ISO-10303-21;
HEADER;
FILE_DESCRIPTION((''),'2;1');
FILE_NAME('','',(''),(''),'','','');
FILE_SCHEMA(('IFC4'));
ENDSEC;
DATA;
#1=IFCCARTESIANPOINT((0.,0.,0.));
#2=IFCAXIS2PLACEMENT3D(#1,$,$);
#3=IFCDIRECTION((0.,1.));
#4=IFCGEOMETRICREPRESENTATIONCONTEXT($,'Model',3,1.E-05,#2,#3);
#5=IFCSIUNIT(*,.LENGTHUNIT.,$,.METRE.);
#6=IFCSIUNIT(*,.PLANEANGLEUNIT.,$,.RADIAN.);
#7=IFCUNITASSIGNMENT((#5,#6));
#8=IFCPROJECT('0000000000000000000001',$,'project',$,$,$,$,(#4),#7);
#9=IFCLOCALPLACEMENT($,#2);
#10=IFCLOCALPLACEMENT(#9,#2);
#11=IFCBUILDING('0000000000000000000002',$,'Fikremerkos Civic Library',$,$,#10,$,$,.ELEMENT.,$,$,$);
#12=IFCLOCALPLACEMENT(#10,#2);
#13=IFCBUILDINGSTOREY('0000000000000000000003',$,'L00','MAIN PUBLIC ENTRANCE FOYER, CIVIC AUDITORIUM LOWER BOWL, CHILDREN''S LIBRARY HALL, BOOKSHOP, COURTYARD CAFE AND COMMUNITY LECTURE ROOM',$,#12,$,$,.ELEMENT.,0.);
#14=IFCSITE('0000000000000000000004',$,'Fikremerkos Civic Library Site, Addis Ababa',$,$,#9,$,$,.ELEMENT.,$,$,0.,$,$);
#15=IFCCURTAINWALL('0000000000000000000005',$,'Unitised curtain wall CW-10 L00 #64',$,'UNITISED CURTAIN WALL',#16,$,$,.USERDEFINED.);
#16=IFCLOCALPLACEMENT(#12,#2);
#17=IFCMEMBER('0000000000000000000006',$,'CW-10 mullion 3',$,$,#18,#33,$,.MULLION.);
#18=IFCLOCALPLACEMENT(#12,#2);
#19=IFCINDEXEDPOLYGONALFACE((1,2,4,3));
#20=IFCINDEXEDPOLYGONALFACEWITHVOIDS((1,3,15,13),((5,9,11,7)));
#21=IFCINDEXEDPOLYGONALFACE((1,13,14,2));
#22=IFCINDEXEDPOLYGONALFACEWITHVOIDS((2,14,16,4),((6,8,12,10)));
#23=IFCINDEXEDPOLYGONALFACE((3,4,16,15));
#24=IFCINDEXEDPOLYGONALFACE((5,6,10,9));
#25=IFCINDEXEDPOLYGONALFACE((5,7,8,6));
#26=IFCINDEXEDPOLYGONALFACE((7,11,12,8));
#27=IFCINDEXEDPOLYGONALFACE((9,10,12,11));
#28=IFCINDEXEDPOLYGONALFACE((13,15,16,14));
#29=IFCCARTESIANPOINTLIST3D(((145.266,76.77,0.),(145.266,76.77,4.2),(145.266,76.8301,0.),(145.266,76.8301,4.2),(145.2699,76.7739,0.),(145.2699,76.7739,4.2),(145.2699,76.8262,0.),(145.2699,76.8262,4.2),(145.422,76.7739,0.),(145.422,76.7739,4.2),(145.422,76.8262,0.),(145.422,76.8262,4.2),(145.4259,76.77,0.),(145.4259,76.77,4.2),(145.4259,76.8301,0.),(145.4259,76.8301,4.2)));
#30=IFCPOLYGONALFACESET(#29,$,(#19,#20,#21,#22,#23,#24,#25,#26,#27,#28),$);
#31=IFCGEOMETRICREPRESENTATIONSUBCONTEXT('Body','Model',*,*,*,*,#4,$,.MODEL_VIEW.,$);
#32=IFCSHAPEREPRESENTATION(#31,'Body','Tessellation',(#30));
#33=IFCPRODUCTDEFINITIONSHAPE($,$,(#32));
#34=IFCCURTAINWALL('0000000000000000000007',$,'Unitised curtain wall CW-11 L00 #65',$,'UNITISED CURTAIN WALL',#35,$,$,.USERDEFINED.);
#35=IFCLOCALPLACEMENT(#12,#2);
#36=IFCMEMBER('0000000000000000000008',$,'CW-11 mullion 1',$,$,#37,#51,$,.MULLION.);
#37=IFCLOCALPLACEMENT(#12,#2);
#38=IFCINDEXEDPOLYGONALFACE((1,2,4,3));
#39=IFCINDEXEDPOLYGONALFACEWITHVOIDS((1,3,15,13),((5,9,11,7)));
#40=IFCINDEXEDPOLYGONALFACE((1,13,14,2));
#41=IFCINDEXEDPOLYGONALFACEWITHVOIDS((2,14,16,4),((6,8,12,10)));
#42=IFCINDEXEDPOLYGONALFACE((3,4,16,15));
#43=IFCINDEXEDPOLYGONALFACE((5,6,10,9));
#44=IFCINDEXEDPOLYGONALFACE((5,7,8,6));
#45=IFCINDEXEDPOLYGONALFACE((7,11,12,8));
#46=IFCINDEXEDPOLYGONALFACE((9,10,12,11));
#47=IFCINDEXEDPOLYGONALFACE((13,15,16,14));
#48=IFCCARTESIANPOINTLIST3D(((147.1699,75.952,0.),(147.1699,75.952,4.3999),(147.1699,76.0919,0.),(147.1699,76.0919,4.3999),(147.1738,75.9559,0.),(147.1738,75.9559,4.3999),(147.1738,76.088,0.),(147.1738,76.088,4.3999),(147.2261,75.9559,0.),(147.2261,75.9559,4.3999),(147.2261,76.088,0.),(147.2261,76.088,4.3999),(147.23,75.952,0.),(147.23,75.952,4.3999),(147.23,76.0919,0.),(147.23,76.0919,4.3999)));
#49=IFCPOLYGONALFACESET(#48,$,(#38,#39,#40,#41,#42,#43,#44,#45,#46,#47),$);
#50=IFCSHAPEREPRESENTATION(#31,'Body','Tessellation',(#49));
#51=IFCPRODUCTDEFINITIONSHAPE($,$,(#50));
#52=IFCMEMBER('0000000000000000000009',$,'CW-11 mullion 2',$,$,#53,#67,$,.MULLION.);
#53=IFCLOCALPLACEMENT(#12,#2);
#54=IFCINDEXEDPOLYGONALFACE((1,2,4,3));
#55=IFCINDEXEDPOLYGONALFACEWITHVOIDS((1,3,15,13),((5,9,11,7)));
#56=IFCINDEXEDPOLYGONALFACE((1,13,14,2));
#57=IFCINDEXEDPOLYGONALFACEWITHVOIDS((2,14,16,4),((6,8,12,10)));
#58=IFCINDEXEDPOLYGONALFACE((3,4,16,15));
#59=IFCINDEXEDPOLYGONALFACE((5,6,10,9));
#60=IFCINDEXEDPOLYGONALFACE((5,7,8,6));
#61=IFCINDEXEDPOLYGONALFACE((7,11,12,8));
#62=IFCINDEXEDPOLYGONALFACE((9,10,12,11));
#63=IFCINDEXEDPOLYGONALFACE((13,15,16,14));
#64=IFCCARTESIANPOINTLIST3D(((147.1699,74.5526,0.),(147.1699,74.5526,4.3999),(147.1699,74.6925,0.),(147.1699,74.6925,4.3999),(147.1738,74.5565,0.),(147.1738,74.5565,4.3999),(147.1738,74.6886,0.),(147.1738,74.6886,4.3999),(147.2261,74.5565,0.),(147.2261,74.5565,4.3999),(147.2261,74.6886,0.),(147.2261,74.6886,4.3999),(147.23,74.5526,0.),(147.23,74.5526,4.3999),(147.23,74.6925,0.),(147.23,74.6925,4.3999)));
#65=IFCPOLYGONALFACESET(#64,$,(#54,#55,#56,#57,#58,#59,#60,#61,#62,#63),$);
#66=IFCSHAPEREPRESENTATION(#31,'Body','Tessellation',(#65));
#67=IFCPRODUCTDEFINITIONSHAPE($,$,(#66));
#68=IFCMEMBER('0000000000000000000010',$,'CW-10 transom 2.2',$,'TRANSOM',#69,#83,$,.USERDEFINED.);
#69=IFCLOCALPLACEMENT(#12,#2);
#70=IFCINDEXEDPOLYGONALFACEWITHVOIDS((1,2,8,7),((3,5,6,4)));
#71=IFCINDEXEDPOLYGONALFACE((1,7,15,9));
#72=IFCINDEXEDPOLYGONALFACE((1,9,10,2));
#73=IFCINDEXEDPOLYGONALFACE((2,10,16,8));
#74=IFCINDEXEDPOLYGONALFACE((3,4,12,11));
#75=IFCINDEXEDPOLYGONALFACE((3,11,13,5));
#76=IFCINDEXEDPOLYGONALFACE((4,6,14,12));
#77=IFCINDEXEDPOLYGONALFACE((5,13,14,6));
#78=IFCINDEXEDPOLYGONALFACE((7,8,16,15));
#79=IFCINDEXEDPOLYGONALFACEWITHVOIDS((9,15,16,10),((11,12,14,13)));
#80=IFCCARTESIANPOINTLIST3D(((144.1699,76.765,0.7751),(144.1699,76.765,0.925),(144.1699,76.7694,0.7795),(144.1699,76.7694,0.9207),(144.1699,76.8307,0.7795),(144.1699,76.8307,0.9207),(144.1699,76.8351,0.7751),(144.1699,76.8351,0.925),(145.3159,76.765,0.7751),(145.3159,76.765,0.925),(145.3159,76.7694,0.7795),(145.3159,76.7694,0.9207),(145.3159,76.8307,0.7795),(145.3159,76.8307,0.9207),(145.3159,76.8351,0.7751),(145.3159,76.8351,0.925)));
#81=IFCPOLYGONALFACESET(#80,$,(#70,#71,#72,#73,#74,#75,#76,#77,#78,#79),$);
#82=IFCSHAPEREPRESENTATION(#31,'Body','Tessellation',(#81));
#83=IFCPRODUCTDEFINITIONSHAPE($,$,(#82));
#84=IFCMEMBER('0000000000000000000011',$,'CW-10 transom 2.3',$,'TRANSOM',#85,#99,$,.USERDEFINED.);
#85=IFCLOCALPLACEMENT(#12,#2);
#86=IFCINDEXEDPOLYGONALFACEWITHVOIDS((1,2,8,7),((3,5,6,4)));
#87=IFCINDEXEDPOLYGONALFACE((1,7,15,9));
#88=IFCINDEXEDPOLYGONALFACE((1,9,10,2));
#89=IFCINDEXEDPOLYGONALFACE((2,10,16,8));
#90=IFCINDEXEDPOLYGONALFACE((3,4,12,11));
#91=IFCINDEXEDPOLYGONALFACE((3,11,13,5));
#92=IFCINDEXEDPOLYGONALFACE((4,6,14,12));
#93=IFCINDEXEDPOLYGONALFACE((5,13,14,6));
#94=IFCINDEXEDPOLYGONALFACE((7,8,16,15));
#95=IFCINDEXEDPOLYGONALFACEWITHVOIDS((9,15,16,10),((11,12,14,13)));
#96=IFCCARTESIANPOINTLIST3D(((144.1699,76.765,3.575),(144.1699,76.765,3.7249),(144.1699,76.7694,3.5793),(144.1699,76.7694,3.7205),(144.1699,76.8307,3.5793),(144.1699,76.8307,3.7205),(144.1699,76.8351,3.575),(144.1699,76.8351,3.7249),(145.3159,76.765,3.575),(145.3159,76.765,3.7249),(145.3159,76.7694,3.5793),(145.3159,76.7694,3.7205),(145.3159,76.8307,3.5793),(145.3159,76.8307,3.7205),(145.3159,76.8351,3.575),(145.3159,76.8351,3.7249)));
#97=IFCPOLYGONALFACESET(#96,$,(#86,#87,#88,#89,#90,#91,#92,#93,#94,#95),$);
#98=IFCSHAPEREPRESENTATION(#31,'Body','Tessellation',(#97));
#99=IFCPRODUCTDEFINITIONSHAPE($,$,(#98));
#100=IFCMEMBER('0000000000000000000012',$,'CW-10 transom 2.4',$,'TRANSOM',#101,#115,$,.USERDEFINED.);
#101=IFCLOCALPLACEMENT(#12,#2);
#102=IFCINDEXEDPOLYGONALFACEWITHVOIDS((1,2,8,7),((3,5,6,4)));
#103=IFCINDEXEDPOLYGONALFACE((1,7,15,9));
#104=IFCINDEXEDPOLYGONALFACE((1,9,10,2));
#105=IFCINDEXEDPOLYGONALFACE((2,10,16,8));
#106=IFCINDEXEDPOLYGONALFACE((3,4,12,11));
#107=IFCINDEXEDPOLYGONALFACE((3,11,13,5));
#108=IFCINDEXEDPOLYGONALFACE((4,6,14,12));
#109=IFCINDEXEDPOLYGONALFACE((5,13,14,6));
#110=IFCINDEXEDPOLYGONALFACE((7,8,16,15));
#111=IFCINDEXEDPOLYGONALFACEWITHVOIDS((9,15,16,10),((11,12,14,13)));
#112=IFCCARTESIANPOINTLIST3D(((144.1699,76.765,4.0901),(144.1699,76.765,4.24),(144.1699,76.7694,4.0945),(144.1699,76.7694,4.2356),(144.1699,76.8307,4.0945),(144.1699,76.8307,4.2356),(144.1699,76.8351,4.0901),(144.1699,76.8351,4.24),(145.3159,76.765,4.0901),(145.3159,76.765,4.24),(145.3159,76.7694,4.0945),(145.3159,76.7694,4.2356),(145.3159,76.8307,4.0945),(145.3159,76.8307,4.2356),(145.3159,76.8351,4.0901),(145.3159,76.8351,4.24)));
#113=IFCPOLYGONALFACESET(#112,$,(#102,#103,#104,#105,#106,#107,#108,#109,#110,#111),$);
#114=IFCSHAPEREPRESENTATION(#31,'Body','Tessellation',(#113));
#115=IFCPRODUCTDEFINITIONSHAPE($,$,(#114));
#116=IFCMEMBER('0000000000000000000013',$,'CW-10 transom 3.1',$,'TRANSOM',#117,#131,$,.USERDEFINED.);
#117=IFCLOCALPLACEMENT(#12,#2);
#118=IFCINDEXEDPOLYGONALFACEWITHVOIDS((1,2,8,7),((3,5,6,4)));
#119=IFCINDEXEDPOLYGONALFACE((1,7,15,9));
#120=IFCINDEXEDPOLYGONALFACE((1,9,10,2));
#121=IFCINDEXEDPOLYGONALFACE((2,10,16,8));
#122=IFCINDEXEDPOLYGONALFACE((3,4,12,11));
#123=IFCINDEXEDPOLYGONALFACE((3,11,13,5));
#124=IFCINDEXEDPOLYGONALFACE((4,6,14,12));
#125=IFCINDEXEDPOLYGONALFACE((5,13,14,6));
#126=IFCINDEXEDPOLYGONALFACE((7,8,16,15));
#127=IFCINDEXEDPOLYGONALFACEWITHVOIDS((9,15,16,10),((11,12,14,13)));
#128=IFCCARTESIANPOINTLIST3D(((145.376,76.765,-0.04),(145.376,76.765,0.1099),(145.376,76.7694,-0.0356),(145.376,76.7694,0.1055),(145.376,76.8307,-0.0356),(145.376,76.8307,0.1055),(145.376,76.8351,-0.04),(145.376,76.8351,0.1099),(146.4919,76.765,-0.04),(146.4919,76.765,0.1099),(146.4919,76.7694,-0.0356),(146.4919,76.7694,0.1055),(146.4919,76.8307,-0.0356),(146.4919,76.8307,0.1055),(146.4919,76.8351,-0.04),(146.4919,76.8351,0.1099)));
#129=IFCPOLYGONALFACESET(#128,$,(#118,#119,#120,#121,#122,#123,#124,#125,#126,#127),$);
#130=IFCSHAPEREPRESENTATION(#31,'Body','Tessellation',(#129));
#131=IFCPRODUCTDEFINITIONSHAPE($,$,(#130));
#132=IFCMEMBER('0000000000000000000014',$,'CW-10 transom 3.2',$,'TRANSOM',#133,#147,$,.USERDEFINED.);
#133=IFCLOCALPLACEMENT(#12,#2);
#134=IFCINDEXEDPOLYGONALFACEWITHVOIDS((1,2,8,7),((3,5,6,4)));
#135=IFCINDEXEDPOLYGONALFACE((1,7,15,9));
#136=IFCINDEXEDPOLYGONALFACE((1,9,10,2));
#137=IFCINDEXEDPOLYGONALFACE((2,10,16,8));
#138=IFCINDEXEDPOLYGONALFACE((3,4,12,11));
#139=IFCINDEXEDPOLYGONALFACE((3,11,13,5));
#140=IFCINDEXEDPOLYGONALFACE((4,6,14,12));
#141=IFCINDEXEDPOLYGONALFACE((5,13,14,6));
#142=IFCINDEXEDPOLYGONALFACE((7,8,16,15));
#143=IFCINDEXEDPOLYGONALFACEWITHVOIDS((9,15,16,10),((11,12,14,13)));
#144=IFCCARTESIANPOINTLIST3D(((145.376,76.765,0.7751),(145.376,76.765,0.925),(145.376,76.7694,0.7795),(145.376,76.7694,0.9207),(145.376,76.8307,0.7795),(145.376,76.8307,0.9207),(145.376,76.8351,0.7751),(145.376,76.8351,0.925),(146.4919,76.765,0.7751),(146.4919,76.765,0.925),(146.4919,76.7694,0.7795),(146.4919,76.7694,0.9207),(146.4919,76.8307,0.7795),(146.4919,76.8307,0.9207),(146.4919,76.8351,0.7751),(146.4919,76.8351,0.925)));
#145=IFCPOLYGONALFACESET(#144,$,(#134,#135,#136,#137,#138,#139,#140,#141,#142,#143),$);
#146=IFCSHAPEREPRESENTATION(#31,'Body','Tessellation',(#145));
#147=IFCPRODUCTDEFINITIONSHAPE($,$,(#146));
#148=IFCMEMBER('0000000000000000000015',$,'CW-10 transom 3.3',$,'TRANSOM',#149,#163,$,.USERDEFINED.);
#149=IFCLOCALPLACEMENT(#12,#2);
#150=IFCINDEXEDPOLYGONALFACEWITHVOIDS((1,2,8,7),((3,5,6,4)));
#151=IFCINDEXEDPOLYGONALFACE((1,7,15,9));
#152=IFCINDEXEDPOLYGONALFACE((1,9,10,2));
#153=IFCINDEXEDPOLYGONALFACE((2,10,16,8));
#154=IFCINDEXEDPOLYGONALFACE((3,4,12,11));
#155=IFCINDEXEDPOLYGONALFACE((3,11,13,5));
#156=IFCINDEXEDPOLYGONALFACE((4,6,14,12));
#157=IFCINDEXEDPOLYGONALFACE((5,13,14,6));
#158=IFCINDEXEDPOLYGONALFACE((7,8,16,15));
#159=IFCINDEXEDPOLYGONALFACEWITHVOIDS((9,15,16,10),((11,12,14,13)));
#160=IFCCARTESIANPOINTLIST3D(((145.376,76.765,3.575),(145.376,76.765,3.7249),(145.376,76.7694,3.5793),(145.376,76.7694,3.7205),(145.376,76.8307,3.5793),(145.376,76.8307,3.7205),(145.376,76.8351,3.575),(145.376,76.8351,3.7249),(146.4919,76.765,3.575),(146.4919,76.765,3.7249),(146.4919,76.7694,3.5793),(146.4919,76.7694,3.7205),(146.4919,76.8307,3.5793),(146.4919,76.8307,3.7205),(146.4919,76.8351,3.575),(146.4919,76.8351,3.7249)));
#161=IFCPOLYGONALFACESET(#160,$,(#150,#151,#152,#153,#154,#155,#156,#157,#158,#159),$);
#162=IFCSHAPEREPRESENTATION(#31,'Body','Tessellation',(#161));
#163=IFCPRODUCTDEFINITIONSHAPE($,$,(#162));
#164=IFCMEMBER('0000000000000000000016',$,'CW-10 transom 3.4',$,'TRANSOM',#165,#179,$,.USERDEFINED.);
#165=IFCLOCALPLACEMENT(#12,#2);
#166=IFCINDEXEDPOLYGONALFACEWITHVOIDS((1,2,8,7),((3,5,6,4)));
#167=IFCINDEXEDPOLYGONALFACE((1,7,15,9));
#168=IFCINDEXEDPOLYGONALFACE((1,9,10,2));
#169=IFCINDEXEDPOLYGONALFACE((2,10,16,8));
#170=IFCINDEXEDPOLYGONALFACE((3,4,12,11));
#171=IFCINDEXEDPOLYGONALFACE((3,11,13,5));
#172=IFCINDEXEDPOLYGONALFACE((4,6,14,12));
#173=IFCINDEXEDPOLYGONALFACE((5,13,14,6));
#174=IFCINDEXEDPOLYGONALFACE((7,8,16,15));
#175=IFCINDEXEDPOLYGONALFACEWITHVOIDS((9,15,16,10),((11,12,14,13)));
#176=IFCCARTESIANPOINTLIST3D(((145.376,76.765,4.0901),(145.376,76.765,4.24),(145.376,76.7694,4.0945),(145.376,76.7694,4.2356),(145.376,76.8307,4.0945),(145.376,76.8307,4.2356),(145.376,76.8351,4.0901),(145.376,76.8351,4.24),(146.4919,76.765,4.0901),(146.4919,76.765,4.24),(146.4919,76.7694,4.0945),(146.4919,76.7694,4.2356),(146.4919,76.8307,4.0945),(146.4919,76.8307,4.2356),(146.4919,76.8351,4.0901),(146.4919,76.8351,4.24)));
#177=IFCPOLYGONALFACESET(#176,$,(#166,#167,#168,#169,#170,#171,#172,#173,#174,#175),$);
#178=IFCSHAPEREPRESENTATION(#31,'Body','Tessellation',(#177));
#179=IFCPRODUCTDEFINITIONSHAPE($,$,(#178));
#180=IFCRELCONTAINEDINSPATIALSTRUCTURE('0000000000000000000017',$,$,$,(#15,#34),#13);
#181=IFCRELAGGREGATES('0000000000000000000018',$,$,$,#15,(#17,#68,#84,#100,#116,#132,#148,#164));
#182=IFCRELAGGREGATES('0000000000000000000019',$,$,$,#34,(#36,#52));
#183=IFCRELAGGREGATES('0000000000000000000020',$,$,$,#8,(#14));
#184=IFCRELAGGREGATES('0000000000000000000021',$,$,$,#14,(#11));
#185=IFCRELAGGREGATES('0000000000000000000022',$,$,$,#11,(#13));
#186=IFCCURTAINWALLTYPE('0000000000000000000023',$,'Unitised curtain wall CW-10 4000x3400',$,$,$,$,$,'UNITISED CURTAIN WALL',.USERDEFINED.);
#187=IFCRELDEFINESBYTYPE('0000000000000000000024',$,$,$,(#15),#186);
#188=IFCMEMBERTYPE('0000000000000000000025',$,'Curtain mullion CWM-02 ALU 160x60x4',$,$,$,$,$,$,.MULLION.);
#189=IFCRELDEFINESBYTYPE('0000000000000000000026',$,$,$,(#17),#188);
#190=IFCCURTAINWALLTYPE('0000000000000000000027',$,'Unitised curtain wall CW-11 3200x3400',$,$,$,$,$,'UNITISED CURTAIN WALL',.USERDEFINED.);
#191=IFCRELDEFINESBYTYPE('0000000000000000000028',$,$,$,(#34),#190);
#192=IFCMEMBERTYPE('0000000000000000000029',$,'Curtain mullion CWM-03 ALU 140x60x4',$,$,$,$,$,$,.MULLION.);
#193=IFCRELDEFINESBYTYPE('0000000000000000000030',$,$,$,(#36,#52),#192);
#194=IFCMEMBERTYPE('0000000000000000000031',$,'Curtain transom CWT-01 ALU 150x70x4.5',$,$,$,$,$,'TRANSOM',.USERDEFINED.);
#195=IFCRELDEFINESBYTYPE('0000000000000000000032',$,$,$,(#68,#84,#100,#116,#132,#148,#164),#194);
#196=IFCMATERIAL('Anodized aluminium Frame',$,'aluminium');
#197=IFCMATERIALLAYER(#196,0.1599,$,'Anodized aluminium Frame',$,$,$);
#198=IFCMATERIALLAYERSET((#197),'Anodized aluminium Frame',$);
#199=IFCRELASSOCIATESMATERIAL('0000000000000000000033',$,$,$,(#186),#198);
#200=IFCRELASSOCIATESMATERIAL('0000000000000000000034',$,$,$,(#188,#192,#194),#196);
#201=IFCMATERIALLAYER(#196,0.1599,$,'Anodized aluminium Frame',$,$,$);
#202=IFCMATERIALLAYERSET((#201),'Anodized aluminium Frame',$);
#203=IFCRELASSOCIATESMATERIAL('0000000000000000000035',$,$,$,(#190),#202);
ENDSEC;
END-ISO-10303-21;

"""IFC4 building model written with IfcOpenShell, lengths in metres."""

from ifc_helpers import new_model, si_unit, direction, frame, origin, origin_2d, place, context, subcontext, project, spatial, hollow_rectangle, extrude, material, layer, layer_set, material_profile, profile_set, type_object, element, aggregate, save


model = new_model("IFC4")

# Units and contexts
model_context = context("Model", 3, precision=1e-05, world=origin(), true_north=direction((0.0, 1.0)))
body_context = subcontext(model_context, "Body", "Model", "MODEL_VIEW")
ifc_project = project(units=[si_unit("LENGTHUNIT", "METRE"), si_unit("PLANEANGLEUNIT", "RADIAN")], contexts=[model_context])

# Site, building, storey
site_placement = place(None, origin())
site = spatial("IfcSite", under=ifc_project, at=site_placement, Name="Fikremerkos Civic Library Site, Addis Ababa", CompositionType="ELEMENT", RefElevation=0.0)
building_placement = place(site_placement, origin())
building = spatial("IfcBuilding", under=site, at=building_placement, Name="Fikremerkos Civic Library", CompositionType="ELEMENT")
storey_placement = place(building_placement, origin())
storey = spatial("IfcBuildingStorey", under=building, at=storey_placement, Name="L00", Description="MAIN PUBLIC ENTRANCE FOYER, CIVIC AUDITORIUM LOWER BOWL, CHILDREN'S LIBRARY HALL, BOOKSHOP, COURTYARD CAFE AND COMMUNITY LECTURE ROOM", CompositionType="ELEMENT", Elevation=0.0)

# Curtain wall, member
ifc_material_1 = material(Name="Anodized aluminium Frame", Category="aluminium")
ifc_layer_1 = layer(ifc_material_1, 0.1599, Name="Anodized aluminium Frame")
ifc_layer_set_1 = layer_set([ifc_layer_1], Name="Anodized aluminium Frame")
curtain_wall_type_1 = type_object("IfcCurtainWallType", Name="Unitised curtain wall CW-10 4000x3400", ElementType="UNITISED CURTAIN WALL", PredefinedType="USERDEFINED", material=ifc_layer_set_1)
curtain_wall_1_placement = place(storey_placement, origin())
curtain_wall_1 = element("IfcCurtainWall", 1, at=curtain_wall_1_placement, inside=storey, type_object=curtain_wall_type_1, Name="Unitised curtain wall CW-10 L00 #64", ObjectType="UNITISED CURTAIN WALL", PredefinedType="USERDEFINED")
ifc_material_profile_1 = material_profile(ifc_material_1, hollow_rectangle(XDim=0.0601, YDim=0.1599, WallThickness=0.0039, at=origin_2d()), Name="ALU 160x60x4")
ifc_profile_set_1 = profile_set([ifc_material_profile_1], Name="Anodized aluminium Frame")
member_type_1 = type_object("IfcMemberType", Name="Curtain mullion CWM-02 ALU 160x60x4", PredefinedType="MULLION", material=ifc_profile_set_1)
member_1_placement = place(storey_placement, frame((145.3459, 76.8, 0.0), z_axis=(0.0, 0.0, 1.0), x_axis=(0.0, 1.0, 0.0)))
member_1 = element("IfcMember", 2, at=member_1_placement, type_object=member_type_1, Name="CW-10 mullion 3", PredefinedType="MULLION", context=body_context, shape_type="SweptSolid", body=[
    extrude(hollow_rectangle(XDim=0.0601, YDim=0.1599, WallThickness=0.0039, at=origin_2d()), origin(), (0.0, 0.0, 1.0), 4.2),
])

# Curtain wall, members
ifc_layer_2 = layer(ifc_material_1, 0.1599, Name="Anodized aluminium Frame")
ifc_layer_set_2 = layer_set([ifc_layer_2], Name="Anodized aluminium Frame")
curtain_wall_type_2 = type_object("IfcCurtainWallType", Name="Unitised curtain wall CW-11 3200x3400", ElementType="UNITISED CURTAIN WALL", PredefinedType="USERDEFINED", material=ifc_layer_set_2)
curtain_wall_2_placement = place(storey_placement, origin())
curtain_wall_2 = element("IfcCurtainWall", 3, at=curtain_wall_2_placement, inside=storey, type_object=curtain_wall_type_2, Name="Unitised curtain wall CW-11 L00 #65", ObjectType="UNITISED CURTAIN WALL", PredefinedType="USERDEFINED")
ifc_material_profile_2 = material_profile(ifc_material_1, hollow_rectangle(XDim=0.0601, YDim=0.1399, WallThickness=0.0039, at=origin_2d()), Name="ALU 140x60x4")
ifc_profile_set_2 = profile_set([ifc_material_profile_2], Name="Anodized aluminium Frame")
member_type_2 = type_object("IfcMemberType", Name="Curtain mullion CWM-03 ALU 140x60x4", PredefinedType="MULLION", material=ifc_profile_set_2)
member_2_placement = place(storey_placement, frame((147.2, 76.022, 0.0), z_axis=(0.0, 0.0, 1.0), x_axis=(1.0, 0.0, 0.0)))
member_2 = element("IfcMember", 4, at=member_2_placement, type_object=member_type_2, Name="CW-11 mullion 1", PredefinedType="MULLION", context=body_context, shape_type="SweptSolid", body=[
    extrude(hollow_rectangle(XDim=0.0601, YDim=0.1399, WallThickness=0.0039, at=origin_2d()), origin(), (0.0, 0.0, 1.0), 4.3999),
])
member_3_placement = place(storey_placement, frame((147.2, 74.6226, 0.0), z_axis=(0.0, 0.0, 1.0), x_axis=(1.0, 0.0, 0.0)))
member_3 = element("IfcMember", 5, at=member_3_placement, type_object=member_type_2, Name="CW-11 mullion 2", PredefinedType="MULLION", context=body_context, shape_type="SweptSolid", body=[
    extrude(hollow_rectangle(XDim=0.0601, YDim=0.1399, WallThickness=0.0039, at=origin_2d()), origin(), (0.0, 0.0, 1.0), 4.3999),
])

# Members
ifc_material_profile_3 = material_profile(ifc_material_1, hollow_rectangle(XDim=0.0701, YDim=0.1499, WallThickness=0.0044, at=origin_2d()), Name="ALU 150x70x4.5")
ifc_profile_set_3 = profile_set([ifc_material_profile_3], Name="Anodized aluminium Frame")
member_type_3 = type_object("IfcMemberType", Name="Curtain transom CWT-01 ALU 150x70x4.5", ElementType="TRANSOM", PredefinedType="USERDEFINED", material=ifc_profile_set_3)
member_4_placement = place(storey_placement, frame((144.1699, 76.8, 0.8501), z_axis=(1.0, 0.0, 0.0), x_axis=(0.0, 1.0, 0.0)))
member_4 = element("IfcMember", 6, at=member_4_placement, type_object=member_type_3, Name="CW-10 transom 2.2", ObjectType="TRANSOM", PredefinedType="USERDEFINED", context=body_context, shape_type="SweptSolid", body=[
    extrude(hollow_rectangle(XDim=0.0701, YDim=0.1499, WallThickness=0.0044, at=origin_2d()), origin(), (0.0, 0.0, 1.0), 1.146),
])
member_5_placement = place(storey_placement, frame((144.1699, 76.8, 3.6499), z_axis=(1.0, 0.0, 0.0), x_axis=(0.0, 1.0, 0.0)))
member_5 = element("IfcMember", 7, at=member_5_placement, type_object=member_type_3, Name="CW-10 transom 2.3", ObjectType="TRANSOM", PredefinedType="USERDEFINED", context=body_context, shape_type="SweptSolid", body=[
    extrude(hollow_rectangle(XDim=0.0701, YDim=0.1499, WallThickness=0.0044, at=origin_2d()), origin(), (0.0, 0.0, 1.0), 1.146),
])
member_6_placement = place(storey_placement, frame((144.1699, 76.8, 4.165), z_axis=(1.0, 0.0, 0.0), x_axis=(0.0, 1.0, 0.0)))
member_6 = element("IfcMember", 8, at=member_6_placement, type_object=member_type_3, Name="CW-10 transom 2.4", ObjectType="TRANSOM", PredefinedType="USERDEFINED", context=body_context, shape_type="SweptSolid", body=[
    extrude(hollow_rectangle(XDim=0.0701, YDim=0.1499, WallThickness=0.0044, at=origin_2d()), origin(), (0.0, 0.0, 1.0), 1.146),
])
member_7_placement = place(storey_placement, frame((145.376, 76.8, 0.0349), z_axis=(1.0, 0.0, 0.0), x_axis=(0.0, 1.0, 0.0)))
member_7 = element("IfcMember", 9, at=member_7_placement, type_object=member_type_3, Name="CW-10 transom 3.1", ObjectType="TRANSOM", PredefinedType="USERDEFINED", context=body_context, shape_type="SweptSolid", body=[
    extrude(hollow_rectangle(XDim=0.0701, YDim=0.1499, WallThickness=0.0044, at=origin_2d()), origin(), (0.0, 0.0, 1.0), 1.116),
])
member_8_placement = place(storey_placement, frame((145.376, 76.8, 0.8501), z_axis=(1.0, 0.0, 0.0), x_axis=(0.0, 1.0, 0.0)))
member_8 = element("IfcMember", 10, at=member_8_placement, type_object=member_type_3, Name="CW-10 transom 3.2", ObjectType="TRANSOM", PredefinedType="USERDEFINED", context=body_context, shape_type="SweptSolid", body=[
    extrude(hollow_rectangle(XDim=0.0701, YDim=0.1499, WallThickness=0.0044, at=origin_2d()), origin(), (0.0, 0.0, 1.0), 1.116),
])
member_9_placement = place(storey_placement, frame((145.376, 76.8, 3.6499), z_axis=(1.0, 0.0, 0.0), x_axis=(0.0, 1.0, 0.0)))
member_9 = element("IfcMember", 11, at=member_9_placement, type_object=member_type_3, Name="CW-10 transom 3.3", ObjectType="TRANSOM", PredefinedType="USERDEFINED", context=body_context, shape_type="SweptSolid", body=[
    extrude(hollow_rectangle(XDim=0.0701, YDim=0.1499, WallThickness=0.0044, at=origin_2d()), origin(), (0.0, 0.0, 1.0), 1.116),
])
member_10_placement = place(storey_placement, frame((145.376, 76.8, 4.165), z_axis=(1.0, 0.0, 0.0), x_axis=(0.0, 1.0, 0.0)))
member_10 = element("IfcMember", 12, at=member_10_placement, type_object=member_type_3, Name="CW-10 transom 3.4", ObjectType="TRANSOM", PredefinedType="USERDEFINED", context=body_context, shape_type="SweptSolid", body=[
    extrude(hollow_rectangle(XDim=0.0701, YDim=0.1499, WallThickness=0.0044, at=origin_2d()), origin(), (0.0, 0.0, 1.0), 1.116),
])

aggregate(curtain_wall_1, [member_1, member_4, member_5, member_6, member_7, member_8, member_9, member_10])
aggregate(curtain_wall_2, [member_2, member_3])

save(model, "model.ifc")
